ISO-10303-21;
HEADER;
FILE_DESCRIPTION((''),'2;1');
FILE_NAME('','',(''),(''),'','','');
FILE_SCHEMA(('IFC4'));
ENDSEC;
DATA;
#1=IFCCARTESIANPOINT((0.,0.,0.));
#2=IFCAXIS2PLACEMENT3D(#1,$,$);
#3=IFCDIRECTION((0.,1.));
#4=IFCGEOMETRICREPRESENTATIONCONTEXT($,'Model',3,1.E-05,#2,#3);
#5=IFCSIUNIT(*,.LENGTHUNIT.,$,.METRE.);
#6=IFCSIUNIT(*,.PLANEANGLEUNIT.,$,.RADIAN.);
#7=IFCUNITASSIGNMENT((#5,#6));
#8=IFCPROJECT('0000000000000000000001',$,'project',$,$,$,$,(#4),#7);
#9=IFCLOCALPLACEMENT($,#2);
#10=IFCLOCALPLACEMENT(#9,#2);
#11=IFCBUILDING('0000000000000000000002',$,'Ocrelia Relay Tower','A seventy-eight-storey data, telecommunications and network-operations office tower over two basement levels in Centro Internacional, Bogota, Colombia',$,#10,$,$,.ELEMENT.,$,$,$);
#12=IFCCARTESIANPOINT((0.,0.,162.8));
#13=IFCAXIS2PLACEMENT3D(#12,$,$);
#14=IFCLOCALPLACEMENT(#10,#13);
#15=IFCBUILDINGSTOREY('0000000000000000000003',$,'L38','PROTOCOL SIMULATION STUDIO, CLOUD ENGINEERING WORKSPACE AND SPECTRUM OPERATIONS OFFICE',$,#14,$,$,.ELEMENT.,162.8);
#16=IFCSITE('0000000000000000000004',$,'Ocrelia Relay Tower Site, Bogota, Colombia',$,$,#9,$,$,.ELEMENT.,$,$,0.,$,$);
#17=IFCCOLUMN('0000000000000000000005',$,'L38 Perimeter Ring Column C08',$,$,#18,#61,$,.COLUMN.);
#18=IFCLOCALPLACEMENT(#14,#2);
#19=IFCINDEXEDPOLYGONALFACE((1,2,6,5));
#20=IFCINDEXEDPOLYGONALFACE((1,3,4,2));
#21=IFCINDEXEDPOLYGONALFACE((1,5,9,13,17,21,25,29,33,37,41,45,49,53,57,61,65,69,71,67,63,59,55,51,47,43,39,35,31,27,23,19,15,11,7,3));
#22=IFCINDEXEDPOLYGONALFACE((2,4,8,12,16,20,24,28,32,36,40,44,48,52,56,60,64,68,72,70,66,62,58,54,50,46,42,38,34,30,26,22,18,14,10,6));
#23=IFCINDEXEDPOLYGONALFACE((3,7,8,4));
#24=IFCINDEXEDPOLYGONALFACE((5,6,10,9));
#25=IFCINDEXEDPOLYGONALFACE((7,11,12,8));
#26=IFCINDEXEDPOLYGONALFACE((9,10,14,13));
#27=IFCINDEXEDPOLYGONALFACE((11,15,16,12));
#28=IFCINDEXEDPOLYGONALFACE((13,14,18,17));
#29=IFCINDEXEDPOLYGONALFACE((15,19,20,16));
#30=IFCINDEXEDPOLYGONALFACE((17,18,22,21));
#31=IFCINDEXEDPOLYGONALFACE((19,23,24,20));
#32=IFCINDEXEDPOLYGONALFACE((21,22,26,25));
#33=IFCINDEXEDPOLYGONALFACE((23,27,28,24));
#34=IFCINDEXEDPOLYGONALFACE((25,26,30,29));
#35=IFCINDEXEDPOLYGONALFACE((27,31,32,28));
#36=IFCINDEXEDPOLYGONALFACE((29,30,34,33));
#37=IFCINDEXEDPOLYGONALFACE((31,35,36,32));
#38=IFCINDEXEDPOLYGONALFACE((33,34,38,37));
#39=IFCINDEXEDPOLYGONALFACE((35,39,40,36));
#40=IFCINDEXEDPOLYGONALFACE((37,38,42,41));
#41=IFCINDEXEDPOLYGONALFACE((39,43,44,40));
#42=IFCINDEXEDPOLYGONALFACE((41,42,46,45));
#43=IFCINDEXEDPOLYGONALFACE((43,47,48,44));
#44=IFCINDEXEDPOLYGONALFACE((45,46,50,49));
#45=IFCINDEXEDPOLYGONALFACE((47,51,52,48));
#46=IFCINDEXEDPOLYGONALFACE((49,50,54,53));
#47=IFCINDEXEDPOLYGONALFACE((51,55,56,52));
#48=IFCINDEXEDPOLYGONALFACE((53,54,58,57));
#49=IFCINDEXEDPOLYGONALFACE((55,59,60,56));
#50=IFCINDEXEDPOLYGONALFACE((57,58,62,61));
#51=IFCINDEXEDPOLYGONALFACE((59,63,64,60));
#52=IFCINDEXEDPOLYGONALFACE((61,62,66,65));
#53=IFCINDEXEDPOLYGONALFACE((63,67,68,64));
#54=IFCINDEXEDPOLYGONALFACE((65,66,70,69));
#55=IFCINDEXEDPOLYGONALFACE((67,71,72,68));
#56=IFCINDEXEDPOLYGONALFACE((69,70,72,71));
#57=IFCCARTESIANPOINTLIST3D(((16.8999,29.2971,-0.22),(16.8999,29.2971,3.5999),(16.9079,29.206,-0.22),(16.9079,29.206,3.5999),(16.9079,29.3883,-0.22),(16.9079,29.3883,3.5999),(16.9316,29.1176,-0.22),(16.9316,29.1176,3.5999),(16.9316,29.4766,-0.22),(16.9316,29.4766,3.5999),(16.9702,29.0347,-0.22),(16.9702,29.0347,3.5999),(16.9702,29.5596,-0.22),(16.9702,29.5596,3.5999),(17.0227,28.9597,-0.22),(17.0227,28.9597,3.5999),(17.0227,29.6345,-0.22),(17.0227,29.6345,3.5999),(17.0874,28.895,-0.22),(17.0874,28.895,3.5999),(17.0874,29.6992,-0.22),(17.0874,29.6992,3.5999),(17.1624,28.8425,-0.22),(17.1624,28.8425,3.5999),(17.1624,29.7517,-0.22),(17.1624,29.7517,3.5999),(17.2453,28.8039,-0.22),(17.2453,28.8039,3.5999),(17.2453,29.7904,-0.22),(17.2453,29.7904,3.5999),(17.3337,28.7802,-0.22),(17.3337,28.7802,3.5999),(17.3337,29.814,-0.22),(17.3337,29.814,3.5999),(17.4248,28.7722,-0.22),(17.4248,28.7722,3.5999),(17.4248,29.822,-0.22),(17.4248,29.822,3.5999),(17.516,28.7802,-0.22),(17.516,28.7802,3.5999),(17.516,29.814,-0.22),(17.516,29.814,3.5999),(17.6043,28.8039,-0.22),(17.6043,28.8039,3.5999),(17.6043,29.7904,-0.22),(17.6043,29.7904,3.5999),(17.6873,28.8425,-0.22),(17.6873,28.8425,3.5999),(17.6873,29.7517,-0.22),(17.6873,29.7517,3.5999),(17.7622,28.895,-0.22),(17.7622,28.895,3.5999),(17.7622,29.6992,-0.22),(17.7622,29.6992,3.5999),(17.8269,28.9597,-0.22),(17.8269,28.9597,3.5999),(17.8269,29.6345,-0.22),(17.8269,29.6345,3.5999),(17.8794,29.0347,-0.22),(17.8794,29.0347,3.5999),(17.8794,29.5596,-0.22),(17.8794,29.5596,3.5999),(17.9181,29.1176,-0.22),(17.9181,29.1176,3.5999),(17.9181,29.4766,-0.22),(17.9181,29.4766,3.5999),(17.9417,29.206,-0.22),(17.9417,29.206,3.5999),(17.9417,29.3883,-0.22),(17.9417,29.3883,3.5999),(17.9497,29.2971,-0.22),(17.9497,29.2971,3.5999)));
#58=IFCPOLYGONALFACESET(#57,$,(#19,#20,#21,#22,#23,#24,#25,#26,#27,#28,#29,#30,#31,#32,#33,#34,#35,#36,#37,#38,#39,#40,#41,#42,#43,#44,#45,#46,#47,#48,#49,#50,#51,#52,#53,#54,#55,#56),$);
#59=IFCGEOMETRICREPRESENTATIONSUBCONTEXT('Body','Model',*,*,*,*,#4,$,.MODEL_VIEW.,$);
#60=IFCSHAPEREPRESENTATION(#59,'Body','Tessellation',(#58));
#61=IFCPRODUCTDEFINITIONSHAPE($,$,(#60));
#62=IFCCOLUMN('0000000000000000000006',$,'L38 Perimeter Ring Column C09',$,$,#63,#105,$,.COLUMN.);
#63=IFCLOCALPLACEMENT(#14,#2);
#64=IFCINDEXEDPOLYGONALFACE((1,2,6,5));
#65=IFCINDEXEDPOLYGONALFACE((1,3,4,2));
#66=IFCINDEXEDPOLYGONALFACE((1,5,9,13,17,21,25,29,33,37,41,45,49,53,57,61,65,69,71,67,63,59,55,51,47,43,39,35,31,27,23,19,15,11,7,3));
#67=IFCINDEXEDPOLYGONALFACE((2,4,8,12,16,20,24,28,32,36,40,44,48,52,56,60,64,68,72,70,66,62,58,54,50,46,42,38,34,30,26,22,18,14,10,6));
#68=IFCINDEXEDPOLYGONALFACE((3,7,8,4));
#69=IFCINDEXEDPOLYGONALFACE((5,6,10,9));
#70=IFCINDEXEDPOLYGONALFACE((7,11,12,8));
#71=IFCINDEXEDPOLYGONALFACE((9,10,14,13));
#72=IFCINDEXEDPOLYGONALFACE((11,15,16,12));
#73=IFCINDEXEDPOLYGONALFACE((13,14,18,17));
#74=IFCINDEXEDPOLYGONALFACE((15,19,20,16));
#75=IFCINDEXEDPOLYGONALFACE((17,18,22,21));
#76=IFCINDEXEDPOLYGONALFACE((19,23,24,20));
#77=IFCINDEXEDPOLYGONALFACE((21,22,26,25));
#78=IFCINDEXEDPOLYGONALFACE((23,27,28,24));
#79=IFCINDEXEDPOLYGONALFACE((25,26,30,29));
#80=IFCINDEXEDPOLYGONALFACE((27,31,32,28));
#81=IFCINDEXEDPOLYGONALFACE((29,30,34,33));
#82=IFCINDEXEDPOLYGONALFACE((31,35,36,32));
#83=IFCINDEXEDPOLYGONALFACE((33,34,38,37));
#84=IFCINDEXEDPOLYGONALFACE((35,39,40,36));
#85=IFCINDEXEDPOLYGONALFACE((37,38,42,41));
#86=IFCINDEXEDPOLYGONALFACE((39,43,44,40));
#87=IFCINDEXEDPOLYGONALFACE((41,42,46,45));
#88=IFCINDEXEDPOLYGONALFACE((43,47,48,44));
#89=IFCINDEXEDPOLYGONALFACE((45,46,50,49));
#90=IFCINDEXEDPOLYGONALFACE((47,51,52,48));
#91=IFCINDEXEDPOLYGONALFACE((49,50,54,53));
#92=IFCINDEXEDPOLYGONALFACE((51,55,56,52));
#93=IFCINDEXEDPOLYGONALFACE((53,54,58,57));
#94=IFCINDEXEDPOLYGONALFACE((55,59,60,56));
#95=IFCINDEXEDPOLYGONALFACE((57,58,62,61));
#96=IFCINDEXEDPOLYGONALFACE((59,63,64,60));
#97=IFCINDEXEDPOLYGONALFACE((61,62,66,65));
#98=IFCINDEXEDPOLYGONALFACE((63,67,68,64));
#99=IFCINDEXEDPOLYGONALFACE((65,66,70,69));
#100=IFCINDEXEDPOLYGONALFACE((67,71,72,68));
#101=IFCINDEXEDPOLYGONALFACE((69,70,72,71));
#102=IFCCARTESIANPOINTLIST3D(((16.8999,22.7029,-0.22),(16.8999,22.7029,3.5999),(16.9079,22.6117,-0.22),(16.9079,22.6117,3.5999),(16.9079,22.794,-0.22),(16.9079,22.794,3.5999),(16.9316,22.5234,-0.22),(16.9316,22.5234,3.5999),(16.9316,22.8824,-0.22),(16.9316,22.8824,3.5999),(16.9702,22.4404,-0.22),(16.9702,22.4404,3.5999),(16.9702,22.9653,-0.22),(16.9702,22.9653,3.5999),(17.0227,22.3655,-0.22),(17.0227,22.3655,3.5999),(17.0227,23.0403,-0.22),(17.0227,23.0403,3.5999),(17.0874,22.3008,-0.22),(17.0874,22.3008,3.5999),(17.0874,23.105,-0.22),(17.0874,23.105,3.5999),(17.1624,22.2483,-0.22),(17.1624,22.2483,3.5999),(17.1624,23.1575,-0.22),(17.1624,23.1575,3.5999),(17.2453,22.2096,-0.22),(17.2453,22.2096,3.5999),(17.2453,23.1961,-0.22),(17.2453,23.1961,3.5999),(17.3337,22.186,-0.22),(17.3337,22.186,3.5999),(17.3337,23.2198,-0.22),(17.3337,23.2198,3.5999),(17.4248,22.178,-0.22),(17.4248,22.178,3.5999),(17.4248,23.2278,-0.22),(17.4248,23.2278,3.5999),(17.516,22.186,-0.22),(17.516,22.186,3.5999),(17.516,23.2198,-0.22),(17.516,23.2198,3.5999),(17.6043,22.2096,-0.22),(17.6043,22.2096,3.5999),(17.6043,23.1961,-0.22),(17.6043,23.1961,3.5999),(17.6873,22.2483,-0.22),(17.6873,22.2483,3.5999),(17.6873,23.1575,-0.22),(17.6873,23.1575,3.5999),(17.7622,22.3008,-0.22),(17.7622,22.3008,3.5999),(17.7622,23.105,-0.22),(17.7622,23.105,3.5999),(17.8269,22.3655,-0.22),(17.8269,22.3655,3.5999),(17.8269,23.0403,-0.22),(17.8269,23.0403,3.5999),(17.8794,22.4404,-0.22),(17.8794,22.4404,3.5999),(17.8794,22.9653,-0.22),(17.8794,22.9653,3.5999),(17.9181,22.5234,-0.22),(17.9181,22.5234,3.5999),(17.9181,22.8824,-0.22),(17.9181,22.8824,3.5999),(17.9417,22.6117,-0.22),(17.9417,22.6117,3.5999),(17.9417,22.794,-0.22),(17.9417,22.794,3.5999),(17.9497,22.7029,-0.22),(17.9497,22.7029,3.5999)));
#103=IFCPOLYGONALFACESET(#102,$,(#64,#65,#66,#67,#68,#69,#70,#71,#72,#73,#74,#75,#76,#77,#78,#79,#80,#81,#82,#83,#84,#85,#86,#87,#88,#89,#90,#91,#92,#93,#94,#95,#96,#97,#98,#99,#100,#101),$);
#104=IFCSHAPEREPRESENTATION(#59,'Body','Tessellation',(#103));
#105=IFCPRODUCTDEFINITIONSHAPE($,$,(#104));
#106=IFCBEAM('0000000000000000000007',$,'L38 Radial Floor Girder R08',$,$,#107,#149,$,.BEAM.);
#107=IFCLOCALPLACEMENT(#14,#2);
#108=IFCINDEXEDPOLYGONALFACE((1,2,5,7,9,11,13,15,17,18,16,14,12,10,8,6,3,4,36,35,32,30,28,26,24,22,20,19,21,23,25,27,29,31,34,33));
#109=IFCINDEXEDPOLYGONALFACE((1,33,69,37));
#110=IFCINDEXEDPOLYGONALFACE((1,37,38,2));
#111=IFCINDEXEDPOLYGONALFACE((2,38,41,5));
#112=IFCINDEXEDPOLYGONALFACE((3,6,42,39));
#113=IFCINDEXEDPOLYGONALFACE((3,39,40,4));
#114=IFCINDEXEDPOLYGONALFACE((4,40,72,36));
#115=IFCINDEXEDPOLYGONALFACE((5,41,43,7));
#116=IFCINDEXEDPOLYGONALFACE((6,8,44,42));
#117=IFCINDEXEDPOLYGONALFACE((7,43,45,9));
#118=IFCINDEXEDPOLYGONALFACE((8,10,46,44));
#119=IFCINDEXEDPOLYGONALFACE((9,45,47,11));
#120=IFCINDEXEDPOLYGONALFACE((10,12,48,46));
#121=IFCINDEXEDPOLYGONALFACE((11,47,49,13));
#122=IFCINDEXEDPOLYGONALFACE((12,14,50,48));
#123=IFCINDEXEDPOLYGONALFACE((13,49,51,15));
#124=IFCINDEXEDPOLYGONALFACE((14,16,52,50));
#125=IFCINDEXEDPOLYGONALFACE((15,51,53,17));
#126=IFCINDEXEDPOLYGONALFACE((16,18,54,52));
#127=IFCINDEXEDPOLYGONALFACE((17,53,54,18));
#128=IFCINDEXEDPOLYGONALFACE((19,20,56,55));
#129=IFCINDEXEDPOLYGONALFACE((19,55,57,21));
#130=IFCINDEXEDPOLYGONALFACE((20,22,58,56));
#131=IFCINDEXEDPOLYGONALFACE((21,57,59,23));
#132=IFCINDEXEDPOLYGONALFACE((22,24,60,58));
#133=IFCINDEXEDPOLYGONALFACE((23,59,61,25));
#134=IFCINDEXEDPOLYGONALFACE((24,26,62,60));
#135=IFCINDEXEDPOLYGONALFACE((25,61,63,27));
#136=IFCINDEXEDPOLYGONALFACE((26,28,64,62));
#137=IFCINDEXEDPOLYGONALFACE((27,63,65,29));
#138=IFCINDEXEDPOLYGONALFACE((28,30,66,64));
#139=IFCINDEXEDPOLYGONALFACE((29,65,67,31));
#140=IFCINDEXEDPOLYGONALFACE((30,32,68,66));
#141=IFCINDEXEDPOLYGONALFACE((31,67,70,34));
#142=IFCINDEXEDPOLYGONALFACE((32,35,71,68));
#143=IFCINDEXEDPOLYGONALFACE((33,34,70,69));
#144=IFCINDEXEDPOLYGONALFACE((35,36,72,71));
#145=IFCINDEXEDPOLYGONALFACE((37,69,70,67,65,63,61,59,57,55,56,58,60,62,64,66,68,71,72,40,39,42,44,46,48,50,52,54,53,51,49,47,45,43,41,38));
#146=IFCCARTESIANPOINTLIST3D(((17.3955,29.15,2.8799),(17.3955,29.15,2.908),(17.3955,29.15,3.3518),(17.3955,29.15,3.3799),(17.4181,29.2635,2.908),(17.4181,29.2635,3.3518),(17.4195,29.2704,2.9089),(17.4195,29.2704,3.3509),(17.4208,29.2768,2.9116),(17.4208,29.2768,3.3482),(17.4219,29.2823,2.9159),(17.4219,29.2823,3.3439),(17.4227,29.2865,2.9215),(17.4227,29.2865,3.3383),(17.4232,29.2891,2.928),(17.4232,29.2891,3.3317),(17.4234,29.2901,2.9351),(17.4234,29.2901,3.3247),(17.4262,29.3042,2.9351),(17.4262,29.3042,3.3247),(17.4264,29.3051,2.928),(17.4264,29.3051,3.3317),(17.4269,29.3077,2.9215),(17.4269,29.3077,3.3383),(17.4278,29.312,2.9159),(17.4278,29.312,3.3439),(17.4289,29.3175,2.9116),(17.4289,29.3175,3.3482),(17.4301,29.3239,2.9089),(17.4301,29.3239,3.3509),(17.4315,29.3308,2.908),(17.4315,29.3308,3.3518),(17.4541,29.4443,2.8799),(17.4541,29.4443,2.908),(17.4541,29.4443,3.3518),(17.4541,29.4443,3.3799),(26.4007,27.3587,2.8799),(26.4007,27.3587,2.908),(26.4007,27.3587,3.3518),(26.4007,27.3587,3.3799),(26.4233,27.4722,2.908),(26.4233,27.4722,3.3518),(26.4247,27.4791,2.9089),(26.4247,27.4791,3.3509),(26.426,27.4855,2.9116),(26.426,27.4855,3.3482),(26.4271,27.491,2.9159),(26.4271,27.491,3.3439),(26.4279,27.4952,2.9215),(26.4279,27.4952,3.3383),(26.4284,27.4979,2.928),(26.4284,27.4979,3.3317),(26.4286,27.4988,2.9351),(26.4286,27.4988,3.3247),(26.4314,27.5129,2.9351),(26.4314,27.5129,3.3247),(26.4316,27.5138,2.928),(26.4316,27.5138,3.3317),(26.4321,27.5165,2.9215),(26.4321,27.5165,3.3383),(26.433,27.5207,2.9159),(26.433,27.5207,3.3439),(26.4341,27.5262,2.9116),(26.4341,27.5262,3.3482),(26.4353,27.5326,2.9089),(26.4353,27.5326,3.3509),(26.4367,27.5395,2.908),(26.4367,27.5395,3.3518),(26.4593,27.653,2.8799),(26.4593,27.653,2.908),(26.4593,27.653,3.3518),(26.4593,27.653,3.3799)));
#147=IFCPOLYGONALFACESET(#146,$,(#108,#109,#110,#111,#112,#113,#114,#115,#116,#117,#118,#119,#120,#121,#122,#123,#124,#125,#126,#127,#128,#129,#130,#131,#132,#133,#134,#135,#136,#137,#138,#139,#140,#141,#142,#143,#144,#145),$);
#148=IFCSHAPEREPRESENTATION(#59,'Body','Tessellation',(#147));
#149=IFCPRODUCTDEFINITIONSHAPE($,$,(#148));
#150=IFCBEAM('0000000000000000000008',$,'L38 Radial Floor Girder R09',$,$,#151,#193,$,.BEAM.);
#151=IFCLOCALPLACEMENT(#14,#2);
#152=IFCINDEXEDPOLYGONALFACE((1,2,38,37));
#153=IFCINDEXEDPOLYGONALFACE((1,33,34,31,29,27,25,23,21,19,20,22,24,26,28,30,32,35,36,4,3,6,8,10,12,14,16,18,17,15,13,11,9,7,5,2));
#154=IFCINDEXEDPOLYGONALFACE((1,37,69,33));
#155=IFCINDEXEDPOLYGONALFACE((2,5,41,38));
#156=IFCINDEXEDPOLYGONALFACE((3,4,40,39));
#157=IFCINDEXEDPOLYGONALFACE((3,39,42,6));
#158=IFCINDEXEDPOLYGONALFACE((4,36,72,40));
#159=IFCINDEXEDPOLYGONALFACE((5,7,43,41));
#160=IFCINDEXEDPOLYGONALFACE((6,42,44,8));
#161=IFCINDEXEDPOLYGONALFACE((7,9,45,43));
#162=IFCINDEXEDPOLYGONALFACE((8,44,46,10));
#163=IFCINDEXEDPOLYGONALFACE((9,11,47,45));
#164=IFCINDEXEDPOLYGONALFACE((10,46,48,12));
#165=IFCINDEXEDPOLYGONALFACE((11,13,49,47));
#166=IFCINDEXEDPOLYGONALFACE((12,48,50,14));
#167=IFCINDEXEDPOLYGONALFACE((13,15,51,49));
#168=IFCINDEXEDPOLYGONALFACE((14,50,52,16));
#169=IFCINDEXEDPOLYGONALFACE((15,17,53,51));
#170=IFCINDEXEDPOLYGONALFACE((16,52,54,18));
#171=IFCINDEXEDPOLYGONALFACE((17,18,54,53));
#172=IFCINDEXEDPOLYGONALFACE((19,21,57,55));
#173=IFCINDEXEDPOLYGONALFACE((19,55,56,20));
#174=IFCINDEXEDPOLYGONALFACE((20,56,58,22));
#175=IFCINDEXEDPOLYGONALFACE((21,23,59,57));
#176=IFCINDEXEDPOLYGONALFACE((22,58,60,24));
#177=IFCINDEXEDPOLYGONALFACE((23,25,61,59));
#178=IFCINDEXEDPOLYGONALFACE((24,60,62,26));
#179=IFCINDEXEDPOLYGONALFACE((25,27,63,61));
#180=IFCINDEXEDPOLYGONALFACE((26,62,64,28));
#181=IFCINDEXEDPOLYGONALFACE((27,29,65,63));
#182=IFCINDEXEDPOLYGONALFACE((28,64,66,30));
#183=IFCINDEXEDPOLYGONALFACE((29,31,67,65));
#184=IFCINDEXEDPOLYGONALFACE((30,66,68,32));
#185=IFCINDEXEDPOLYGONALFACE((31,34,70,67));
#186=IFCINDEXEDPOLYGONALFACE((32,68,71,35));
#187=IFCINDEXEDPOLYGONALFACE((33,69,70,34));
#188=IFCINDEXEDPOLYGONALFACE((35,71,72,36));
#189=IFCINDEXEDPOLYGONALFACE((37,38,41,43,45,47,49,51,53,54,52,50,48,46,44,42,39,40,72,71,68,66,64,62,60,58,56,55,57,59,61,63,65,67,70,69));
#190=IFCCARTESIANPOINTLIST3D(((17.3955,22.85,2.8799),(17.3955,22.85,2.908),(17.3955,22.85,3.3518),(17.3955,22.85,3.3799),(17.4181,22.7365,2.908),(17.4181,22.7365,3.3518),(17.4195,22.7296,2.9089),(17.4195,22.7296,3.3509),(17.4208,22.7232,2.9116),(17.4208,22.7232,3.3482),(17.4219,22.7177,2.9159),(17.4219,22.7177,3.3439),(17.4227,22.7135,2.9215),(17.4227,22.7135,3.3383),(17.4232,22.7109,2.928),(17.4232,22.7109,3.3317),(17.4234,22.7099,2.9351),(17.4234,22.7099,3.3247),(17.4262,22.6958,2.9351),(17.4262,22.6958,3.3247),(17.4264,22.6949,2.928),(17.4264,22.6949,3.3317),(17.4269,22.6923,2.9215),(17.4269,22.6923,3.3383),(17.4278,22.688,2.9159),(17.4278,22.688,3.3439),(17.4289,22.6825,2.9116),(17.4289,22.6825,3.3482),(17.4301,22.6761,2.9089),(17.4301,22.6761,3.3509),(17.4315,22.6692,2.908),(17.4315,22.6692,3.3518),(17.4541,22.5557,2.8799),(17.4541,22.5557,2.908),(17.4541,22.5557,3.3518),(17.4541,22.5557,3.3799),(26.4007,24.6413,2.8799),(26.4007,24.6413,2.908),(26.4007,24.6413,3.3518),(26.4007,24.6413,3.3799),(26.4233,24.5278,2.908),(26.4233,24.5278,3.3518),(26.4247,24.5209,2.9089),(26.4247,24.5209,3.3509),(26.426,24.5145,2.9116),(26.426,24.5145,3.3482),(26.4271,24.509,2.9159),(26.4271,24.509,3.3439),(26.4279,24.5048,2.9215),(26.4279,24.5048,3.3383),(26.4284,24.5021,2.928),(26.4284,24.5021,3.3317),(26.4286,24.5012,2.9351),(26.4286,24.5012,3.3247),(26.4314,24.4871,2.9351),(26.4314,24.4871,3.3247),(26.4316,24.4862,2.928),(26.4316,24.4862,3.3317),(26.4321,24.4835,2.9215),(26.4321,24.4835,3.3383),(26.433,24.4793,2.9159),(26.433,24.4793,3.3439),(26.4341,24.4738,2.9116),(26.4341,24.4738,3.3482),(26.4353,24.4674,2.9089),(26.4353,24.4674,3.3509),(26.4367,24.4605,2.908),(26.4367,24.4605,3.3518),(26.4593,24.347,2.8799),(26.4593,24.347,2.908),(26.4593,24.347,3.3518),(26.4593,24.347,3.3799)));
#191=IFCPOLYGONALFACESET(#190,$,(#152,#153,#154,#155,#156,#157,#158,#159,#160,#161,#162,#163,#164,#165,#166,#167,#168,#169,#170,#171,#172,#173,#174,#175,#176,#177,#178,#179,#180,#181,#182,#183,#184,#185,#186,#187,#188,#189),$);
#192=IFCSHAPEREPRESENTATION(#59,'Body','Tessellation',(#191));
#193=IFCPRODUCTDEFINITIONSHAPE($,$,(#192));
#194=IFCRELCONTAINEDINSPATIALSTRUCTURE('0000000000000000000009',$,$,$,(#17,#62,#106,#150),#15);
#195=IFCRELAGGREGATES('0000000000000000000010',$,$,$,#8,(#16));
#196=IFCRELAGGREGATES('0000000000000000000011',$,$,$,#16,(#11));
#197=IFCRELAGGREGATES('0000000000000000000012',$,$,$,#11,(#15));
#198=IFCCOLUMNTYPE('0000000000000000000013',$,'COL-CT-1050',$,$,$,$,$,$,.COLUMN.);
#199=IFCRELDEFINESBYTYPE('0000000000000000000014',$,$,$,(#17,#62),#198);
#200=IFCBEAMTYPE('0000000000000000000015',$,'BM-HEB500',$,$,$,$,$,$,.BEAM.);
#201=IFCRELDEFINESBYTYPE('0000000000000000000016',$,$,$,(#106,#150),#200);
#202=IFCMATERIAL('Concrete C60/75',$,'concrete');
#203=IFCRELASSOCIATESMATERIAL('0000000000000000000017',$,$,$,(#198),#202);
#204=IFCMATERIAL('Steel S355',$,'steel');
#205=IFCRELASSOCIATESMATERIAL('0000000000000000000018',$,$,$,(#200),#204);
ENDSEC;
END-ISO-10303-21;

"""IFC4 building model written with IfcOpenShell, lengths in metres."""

from ifc_helpers import new_model, si_unit, direction, frame, origin, origin_2d, place, context, subcontext, project, spatial, circle, i_section, extrude, material, material_profile, profile_set, type_object, element, save


model = new_model("IFC4")

# Units and contexts
model_context = context("Model", 3, precision=1e-05, world=origin(), true_north=direction((0.0, 1.0)))
body_context = subcontext(model_context, "Body", "Model", "MODEL_VIEW")
ifc_project = project(units=[si_unit("LENGTHUNIT", "METRE"), si_unit("PLANEANGLEUNIT", "RADIAN")], contexts=[model_context])

# Site, building, storey
site_placement = place(None, origin())
site = spatial("IfcSite", under=ifc_project, at=site_placement, Name="Ocrelia Relay Tower Site, Bogota, Colombia", CompositionType="ELEMENT", RefElevation=0.0)
building_placement = place(site_placement, origin())
building = spatial("IfcBuilding", under=site, at=building_placement, Name="Ocrelia Relay Tower", Description="A seventy-eight-storey data, telecommunications and network-operations office tower over two basement levels in Centro Internacional, Bogota, Colombia", CompositionType="ELEMENT")
storey_placement = place(building_placement, frame((0.0, 0.0, 162.8)))
storey = spatial("IfcBuildingStorey", under=building, at=storey_placement, Name="L38", Description="PROTOCOL SIMULATION STUDIO, CLOUD ENGINEERING WORKSPACE AND SPECTRUM OPERATIONS OFFICE", CompositionType="ELEMENT", Elevation=162.8)

# Columns
ifc_material_1 = material(Name="Concrete C60/75", Category="concrete")
ifc_material_profile_1 = material_profile(ifc_material_1, circle(Radius=0.5249, at=origin_2d()), Name="RC-CIR-1050")
ifc_profile_set_1 = profile_set([ifc_material_profile_1], Name="Concrete C60/75")
column_type = type_object("IfcColumnType", Name="COL-CT-1050", PredefinedType="COLUMN", material=ifc_profile_set_1)
for number, where, z_axis, x_axis, name in (
    (1, (17.4248, 29.2971, -0.22), (0.0, 0.0, 1.0), (1.0, 0.0, 0.0), "L38 Perimeter Ring Column C08"),
    (2, (17.4248, 22.7029, -0.22), (0.0, 0.0, 1.0), (1.0, 0.0, 0.0), "L38 Perimeter Ring Column C09"),
):
    element("IfcColumn", number, at=place(storey_placement, frame(where, z_axis=z_axis, x_axis=x_axis)), inside=storey, type_object=column_type, Name=name, PredefinedType="COLUMN", context=body_context, shape_type="SweptSolid", body=[
        extrude(circle(Radius=0.5249, at=origin_2d()), origin(), (0.0, 0.0, 1.0), 3.8198),
    ])

# Beams
ifc_material_2 = material(Name="Steel S355", Category="steel")
ifc_material_profile_2 = material_profile(ifc_material_2, i_section(OverallWidth=0.3, OverallDepth=0.5, WebThickness=0.0144, FlangeThickness=0.0281, FilletRadius=0.0271, at=origin_2d()), Name="HEB 500")
ifc_profile_set_2 = profile_set([ifc_material_profile_2], Name="Steel S355")
beam_type_1 = type_object("IfcBeamType", Name="BM-HEB500", PredefinedType="BEAM", material=ifc_profile_set_2)
for number, where, z_axis, x_axis, name in (
    (3, (17.4248, 29.2971, 3.1299), (0.980785, -0.195093, 0.0), (0.195093, 0.980785, 0.0), "L38 Radial Floor Girder R08"),
    (4, (17.4248, 22.7029, 3.1299), (0.980785, 0.195093, 0.0), (-0.195093, 0.980785, 0.0), "L38 Radial Floor Girder R09"),
):
    element("IfcBeam", number, at=place(storey_placement, frame(where, z_axis=z_axis, x_axis=x_axis)), inside=storey, type_object=beam_type_1, Name=name, PredefinedType="BEAM", context=body_context, shape_type="SweptSolid", body=[
        extrude(i_section(OverallWidth=0.3, OverallDepth=0.5, WebThickness=0.0144, FlangeThickness=0.0281, FilletRadius=0.0271, at=origin_2d()), origin(), (0.0, 0.0, 1.0), 9.1816),
    ])

save(model, "model.ifc")
